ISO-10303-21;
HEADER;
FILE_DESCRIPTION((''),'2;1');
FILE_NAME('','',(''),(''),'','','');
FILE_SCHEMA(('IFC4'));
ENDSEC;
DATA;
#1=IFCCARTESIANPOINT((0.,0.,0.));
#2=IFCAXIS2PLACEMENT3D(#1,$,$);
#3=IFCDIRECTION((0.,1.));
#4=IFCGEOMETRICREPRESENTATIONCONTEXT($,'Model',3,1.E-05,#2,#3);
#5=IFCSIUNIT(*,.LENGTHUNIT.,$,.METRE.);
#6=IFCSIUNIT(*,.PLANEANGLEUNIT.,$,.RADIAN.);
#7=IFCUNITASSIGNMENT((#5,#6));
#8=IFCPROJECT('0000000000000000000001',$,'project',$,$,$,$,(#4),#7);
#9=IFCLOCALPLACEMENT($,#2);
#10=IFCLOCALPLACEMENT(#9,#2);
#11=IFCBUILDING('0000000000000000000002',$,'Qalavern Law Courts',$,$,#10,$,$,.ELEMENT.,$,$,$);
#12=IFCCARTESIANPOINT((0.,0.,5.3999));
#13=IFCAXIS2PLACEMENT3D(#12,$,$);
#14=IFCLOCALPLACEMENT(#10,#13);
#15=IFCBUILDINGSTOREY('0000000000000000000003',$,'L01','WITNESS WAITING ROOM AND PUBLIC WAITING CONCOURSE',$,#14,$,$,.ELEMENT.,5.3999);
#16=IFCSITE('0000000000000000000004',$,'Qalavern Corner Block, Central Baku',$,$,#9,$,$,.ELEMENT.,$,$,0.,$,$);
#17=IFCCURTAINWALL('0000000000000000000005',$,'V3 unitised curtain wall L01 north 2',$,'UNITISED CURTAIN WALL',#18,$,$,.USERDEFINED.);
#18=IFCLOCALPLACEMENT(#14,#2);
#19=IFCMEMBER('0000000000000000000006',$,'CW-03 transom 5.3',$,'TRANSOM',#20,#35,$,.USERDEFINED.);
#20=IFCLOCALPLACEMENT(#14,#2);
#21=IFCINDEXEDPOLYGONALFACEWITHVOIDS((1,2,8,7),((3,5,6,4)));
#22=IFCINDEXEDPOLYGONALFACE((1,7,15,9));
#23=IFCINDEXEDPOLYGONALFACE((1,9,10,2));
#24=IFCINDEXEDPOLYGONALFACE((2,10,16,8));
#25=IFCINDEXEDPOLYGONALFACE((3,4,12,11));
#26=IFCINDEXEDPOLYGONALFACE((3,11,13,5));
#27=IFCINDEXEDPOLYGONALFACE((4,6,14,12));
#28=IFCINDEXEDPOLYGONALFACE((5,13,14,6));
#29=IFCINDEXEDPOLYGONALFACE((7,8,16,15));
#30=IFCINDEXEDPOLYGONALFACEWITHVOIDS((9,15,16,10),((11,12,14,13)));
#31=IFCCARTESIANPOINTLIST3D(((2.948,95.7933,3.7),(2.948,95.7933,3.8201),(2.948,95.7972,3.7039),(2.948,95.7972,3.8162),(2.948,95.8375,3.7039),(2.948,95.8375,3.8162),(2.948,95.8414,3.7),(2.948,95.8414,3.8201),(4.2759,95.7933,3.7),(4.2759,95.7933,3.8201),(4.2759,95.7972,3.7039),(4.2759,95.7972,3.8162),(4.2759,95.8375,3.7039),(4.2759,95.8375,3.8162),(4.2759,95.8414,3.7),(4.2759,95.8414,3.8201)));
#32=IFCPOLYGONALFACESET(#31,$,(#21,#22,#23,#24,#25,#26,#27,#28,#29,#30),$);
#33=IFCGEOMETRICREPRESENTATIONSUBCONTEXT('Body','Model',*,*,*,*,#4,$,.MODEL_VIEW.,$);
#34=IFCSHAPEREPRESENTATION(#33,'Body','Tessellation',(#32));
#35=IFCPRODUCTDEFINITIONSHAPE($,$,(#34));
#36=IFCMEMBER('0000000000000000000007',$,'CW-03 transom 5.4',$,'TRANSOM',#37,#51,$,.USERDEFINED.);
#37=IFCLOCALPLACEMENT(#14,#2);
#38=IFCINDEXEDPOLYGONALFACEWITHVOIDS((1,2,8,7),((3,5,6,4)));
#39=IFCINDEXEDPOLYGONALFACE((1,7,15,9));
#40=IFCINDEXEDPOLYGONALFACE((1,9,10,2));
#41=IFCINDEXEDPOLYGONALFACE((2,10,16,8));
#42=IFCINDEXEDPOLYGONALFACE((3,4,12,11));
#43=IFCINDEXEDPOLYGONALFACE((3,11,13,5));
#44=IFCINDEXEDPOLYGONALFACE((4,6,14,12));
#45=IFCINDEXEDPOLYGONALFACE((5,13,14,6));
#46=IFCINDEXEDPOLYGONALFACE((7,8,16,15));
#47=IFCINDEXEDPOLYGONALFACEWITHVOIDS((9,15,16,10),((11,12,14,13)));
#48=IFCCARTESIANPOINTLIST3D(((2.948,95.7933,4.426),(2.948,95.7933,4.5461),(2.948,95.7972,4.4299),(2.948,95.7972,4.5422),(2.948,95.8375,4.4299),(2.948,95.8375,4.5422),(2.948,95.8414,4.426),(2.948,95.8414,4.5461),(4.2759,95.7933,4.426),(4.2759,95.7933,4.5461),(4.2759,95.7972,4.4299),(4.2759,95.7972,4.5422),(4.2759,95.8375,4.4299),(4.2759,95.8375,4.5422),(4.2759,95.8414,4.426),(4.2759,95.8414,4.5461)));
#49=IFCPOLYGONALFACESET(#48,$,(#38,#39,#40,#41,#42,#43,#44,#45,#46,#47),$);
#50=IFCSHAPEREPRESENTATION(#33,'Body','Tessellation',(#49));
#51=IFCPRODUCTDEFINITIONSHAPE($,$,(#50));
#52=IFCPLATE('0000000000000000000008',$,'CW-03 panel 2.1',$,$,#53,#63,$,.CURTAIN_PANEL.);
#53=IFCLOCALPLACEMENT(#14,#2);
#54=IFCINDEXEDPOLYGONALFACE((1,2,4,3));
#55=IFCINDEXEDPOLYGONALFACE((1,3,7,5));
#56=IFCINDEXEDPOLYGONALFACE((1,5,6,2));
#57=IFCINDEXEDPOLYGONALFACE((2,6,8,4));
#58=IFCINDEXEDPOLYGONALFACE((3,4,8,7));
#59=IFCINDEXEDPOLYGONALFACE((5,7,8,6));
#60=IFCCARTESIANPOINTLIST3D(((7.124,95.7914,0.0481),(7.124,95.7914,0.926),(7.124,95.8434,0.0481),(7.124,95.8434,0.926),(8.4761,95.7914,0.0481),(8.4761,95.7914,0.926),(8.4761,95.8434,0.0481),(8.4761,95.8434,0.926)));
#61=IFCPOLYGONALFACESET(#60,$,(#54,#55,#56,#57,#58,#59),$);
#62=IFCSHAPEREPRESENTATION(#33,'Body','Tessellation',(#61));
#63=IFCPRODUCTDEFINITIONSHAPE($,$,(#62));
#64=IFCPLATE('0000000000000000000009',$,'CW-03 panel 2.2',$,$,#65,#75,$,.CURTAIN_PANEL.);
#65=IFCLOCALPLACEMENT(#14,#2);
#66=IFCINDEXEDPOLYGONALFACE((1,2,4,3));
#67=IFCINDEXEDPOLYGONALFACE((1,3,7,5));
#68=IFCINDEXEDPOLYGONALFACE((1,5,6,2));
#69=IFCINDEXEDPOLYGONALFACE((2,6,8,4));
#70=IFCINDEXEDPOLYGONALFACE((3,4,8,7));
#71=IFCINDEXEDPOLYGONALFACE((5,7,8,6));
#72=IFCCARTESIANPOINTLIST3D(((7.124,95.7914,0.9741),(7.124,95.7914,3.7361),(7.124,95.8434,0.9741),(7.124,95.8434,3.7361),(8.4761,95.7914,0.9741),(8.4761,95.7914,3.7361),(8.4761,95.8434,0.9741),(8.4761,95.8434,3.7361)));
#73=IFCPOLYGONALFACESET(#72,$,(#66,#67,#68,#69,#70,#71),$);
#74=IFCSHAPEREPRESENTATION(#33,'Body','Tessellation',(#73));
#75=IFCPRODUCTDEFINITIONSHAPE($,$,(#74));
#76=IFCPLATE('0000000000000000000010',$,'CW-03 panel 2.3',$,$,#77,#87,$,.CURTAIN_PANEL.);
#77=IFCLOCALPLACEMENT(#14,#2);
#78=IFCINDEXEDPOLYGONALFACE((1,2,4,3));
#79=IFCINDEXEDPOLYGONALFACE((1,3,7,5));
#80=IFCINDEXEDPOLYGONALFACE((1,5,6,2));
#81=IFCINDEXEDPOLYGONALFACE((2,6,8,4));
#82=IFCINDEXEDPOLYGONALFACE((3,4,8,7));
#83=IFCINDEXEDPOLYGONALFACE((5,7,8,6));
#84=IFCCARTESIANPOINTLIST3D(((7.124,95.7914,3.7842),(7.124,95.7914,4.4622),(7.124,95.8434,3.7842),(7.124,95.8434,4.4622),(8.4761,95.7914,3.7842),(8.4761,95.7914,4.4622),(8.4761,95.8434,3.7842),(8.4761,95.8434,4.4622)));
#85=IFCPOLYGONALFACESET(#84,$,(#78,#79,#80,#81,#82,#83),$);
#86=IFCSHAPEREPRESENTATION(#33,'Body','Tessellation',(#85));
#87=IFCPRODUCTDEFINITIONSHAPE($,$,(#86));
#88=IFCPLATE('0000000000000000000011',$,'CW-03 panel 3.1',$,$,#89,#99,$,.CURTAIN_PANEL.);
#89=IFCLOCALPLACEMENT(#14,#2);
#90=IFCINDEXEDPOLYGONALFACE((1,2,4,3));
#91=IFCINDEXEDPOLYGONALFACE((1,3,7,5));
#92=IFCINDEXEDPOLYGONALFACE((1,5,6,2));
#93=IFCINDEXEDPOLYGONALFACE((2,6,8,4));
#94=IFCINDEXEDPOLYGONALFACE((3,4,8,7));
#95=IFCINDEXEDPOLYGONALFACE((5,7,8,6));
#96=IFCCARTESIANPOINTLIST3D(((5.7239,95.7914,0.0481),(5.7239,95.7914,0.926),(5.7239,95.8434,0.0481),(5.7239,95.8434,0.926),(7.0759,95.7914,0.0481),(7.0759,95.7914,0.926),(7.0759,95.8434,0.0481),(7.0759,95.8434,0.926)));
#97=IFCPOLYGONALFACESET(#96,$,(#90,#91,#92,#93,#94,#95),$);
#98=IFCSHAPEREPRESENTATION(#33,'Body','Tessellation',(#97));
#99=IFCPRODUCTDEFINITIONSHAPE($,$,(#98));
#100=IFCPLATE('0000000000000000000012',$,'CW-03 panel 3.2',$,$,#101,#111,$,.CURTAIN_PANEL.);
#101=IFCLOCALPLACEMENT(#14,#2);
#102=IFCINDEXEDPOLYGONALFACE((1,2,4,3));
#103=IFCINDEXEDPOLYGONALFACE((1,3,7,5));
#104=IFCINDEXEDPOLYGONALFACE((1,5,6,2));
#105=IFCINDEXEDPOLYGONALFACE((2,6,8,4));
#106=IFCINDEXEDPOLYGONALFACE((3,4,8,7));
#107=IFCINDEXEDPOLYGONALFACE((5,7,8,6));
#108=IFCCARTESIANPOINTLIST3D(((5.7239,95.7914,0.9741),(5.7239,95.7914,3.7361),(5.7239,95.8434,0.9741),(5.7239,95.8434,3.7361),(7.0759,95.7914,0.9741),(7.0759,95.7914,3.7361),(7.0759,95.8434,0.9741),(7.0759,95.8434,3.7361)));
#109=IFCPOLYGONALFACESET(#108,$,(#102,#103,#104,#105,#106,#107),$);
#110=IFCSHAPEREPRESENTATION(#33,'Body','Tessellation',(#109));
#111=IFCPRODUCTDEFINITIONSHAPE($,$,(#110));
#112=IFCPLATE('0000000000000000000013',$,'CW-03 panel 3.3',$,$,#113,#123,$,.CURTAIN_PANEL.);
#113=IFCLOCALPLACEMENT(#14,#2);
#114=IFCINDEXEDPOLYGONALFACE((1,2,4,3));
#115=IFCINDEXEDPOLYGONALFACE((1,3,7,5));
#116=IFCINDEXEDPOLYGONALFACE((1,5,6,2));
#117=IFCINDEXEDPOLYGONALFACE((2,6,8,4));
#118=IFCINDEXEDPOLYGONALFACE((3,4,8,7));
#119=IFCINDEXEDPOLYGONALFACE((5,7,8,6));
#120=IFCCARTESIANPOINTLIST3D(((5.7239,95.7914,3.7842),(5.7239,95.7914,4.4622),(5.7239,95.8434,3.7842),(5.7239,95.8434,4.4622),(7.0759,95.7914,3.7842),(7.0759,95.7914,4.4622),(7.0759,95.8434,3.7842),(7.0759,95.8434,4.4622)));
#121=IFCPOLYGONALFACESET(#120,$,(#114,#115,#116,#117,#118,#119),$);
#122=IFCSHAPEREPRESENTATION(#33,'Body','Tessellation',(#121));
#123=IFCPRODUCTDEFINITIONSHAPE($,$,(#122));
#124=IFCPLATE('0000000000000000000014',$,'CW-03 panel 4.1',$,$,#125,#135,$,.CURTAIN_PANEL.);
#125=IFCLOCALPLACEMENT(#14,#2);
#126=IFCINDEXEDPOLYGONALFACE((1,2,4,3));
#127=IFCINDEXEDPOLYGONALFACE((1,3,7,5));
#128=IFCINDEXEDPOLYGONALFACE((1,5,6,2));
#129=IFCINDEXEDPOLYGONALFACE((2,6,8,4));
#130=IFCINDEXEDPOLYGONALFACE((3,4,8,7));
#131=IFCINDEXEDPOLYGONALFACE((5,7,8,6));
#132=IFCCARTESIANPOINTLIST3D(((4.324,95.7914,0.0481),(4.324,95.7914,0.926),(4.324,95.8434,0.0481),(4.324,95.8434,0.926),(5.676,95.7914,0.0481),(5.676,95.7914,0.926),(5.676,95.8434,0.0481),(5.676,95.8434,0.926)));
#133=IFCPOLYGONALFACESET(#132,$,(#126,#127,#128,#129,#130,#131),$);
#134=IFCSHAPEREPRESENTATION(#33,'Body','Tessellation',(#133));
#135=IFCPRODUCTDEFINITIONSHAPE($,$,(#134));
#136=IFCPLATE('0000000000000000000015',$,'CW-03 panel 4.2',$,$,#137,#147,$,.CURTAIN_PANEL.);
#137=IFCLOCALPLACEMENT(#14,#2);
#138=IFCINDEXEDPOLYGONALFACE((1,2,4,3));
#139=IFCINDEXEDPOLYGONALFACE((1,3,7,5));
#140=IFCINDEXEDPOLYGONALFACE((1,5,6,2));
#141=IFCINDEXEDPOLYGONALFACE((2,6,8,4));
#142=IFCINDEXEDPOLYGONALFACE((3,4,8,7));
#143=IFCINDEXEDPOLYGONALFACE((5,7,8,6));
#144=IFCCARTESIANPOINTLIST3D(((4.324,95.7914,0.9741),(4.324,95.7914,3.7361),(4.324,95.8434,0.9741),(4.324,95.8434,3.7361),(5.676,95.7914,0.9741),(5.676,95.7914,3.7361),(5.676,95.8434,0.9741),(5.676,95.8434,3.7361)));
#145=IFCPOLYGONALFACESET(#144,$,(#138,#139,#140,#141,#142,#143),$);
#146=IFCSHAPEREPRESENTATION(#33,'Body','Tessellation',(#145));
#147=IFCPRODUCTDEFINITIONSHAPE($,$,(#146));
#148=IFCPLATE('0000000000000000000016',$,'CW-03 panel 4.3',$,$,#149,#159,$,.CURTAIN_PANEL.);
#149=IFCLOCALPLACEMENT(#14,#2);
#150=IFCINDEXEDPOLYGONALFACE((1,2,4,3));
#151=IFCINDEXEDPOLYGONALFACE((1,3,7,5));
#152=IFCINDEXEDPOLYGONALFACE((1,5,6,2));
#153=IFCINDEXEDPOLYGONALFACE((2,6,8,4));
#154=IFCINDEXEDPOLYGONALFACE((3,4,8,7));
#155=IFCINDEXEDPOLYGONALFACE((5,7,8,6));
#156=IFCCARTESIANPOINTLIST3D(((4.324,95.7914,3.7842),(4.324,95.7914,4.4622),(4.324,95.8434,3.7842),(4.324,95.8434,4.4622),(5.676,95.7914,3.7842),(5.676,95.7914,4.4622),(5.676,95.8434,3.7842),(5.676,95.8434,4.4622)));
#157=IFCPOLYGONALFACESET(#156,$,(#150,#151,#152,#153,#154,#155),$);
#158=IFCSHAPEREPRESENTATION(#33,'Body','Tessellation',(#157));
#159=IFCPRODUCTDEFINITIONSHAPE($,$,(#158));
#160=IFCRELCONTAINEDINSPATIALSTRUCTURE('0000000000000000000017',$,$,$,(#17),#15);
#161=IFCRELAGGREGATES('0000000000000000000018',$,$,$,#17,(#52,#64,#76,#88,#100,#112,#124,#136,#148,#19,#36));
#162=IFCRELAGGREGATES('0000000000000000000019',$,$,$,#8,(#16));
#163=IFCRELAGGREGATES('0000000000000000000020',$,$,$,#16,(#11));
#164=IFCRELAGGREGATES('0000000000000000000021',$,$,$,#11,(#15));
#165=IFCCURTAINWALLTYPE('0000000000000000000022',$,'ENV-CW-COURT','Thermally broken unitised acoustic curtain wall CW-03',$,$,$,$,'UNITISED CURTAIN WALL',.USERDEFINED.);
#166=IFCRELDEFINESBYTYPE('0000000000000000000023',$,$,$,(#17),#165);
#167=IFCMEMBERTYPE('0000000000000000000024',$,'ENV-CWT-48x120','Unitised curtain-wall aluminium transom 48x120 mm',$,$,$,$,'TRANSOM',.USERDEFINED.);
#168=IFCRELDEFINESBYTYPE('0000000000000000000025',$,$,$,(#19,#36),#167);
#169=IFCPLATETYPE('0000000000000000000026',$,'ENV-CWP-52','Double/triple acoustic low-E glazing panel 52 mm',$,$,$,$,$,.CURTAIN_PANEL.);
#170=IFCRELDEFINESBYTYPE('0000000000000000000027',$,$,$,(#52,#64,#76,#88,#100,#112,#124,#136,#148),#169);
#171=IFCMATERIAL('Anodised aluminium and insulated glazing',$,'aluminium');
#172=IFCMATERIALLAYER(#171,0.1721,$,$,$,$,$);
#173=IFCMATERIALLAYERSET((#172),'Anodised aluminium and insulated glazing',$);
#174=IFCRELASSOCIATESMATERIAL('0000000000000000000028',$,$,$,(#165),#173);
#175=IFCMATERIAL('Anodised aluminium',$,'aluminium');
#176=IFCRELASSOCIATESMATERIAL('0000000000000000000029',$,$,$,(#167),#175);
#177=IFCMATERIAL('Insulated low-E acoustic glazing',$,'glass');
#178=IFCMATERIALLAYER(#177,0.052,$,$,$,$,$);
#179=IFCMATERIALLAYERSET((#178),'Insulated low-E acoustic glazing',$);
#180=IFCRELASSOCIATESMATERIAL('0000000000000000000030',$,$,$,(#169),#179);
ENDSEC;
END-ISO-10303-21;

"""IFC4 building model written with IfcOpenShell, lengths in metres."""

from ifc_helpers import new_model, si_unit, direction, frame, origin, origin_2d, place, context, subcontext, project, spatial, rectangle, hollow_rectangle, extrude, material, layer, layer_set, material_profile, profile_set, type_object, element, aggregate, save


model = new_model("IFC4")

# Units and contexts
model_context = context("Model", 3, precision=1e-05, world=origin(), true_north=direction((0.0, 1.0)))
body_context = subcontext(model_context, "Body", "Model", "MODEL_VIEW")
ifc_project = project(units=[si_unit("LENGTHUNIT", "METRE"), si_unit("PLANEANGLEUNIT", "RADIAN")], contexts=[model_context])

# Site, building, storey
site_placement = place(None, origin())
site = spatial("IfcSite", under=ifc_project, at=site_placement, Name="Qalavern Corner Block, Central Baku", CompositionType="ELEMENT", RefElevation=0.0)
building_placement = place(site_placement, origin())
building = spatial("IfcBuilding", under=site, at=building_placement, Name="Qalavern Law Courts", CompositionType="ELEMENT")
storey_placement = place(building_placement, frame((0.0, 0.0, 5.3999)))
storey = spatial("IfcBuildingStorey", under=building, at=storey_placement, Name="L01", Description="WITNESS WAITING ROOM AND PUBLIC WAITING CONCOURSE", CompositionType="ELEMENT", Elevation=5.3999)

# Curtain wall, members, plates
ifc_material_1 = material(Name="Anodised aluminium and insulated glazing", Category="aluminium")
ifc_layer_1 = layer(ifc_material_1, 0.1721)
ifc_layer_set_1 = layer_set([ifc_layer_1], Name="Anodised aluminium and insulated glazing")
curtain_wall_type = type_object("IfcCurtainWallType", Name="ENV-CW-COURT", Description="Thermally broken unitised acoustic curtain wall CW-03", ElementType="UNITISED CURTAIN WALL", PredefinedType="USERDEFINED", material=ifc_layer_set_1)
curtain_wall_placement = place(storey_placement, origin())
curtain_wall = element("IfcCurtainWall", 1, at=curtain_wall_placement, inside=storey, type_object=curtain_wall_type, Name="V3 unitised curtain wall L01 north 2", ObjectType="UNITISED CURTAIN WALL", PredefinedType="USERDEFINED")
ifc_material_2 = material(Name="Anodised aluminium", Category="aluminium")
ifc_material_profile_1 = material_profile(ifc_material_2, hollow_rectangle(XDim=0.0481, YDim=0.1201, WallThickness=0.0039, at=origin_2d()), Name="ALU TRANSOM 48x120")
ifc_profile_set_1 = profile_set([ifc_material_profile_1], Name="Anodised aluminium")
member_type_1 = type_object("IfcMemberType", Name="ENV-CWT-48x120", Description="Unitised curtain-wall aluminium transom 48x120 mm", ElementType="TRANSOM", PredefinedType="USERDEFINED", material=ifc_profile_set_1)
member_1_placement = place(storey_placement, frame((4.2759, 95.8174, 3.76), z_axis=(-1.0, 0.0, 0.0), x_axis=(0.0, -1.0, 0.0)))
member_1 = element("IfcMember", 2, at=member_1_placement, type_object=member_type_1, Name="CW-03 transom 5.3", ObjectType="TRANSOM", PredefinedType="USERDEFINED", context=body_context, shape_type="SweptSolid", body=[
    extrude(hollow_rectangle(XDim=0.0481, YDim=0.1201, WallThickness=0.0039, at=origin_2d()), origin(), (0.0, 0.0, 1.0), 1.3279),
])
member_2_placement = place(storey_placement, frame((4.2759, 95.8174, 4.4861), z_axis=(-1.0, 0.0, 0.0), x_axis=(0.0, -1.0, 0.0)))
member_2 = element("IfcMember", 3, at=member_2_placement, type_object=member_type_1, Name="CW-03 transom 5.4", ObjectType="TRANSOM", PredefinedType="USERDEFINED", context=body_context, shape_type="SweptSolid", body=[
    extrude(hollow_rectangle(XDim=0.0481, YDim=0.1201, WallThickness=0.0039, at=origin_2d()), origin(), (0.0, 0.0, 1.0), 1.3279),
])
ifc_material_3 = material(Name="Insulated low-E acoustic glazing", Category="glass")
ifc_layer_2 = layer(ifc_material_3, 0.052)
ifc_layer_set_2 = layer_set([ifc_layer_2], Name="Insulated low-E acoustic glazing")
plate_type = type_object("IfcPlateType", Name="ENV-CWP-52", Description="Double/triple acoustic low-E glazing panel 52 mm", PredefinedType="CURTAIN_PANEL", material=ifc_layer_set_2)
plate_1_placement = place(storey_placement, frame((7.8, 95.8174, 0.0481), z_axis=(0.0, 0.0, 1.0), x_axis=(-1.0, 0.0, 0.0)))
plate_1 = element("IfcPlate", 4, at=plate_1_placement, type_object=plate_type, Name="CW-03 panel 2.1", PredefinedType="CURTAIN_PANEL", context=body_context, shape_type="SweptSolid", body=[
    extrude(rectangle(XDim=1.3521, YDim=0.052, at=origin_2d()), origin(), (0.0, 0.0, 1.0), 0.8779),
])
plate_2_placement = place(storey_placement, frame((7.8, 95.8174, 0.9741), z_axis=(0.0, 0.0, 1.0), x_axis=(-1.0, 0.0, 0.0)))
plate_2 = element("IfcPlate", 5, at=plate_2_placement, type_object=plate_type, Name="CW-03 panel 2.2", PredefinedType="CURTAIN_PANEL", context=body_context, shape_type="SweptSolid", body=[
    extrude(rectangle(XDim=1.3521, YDim=0.052, at=origin_2d()), origin(), (0.0, 0.0, 1.0), 2.762),
])
plate_3_placement = place(storey_placement, frame((7.8, 95.8174, 3.7842), z_axis=(0.0, 0.0, 1.0), x_axis=(-1.0, 0.0, 0.0)))
plate_3 = element("IfcPlate", 6, at=plate_3_placement, type_object=plate_type, Name="CW-03 panel 2.3", PredefinedType="CURTAIN_PANEL", context=body_context, shape_type="SweptSolid", body=[
    extrude(rectangle(XDim=1.3521, YDim=0.052, at=origin_2d()), origin(), (0.0, 0.0, 1.0), 0.678),
])
plate_4_placement = place(storey_placement, frame((6.3999, 95.8174, 0.0481), z_axis=(0.0, 0.0, 1.0), x_axis=(-1.0, 0.0, 0.0)))
plate_4 = element("IfcPlate", 7, at=plate_4_placement, type_object=plate_type, Name="CW-03 panel 3.1", PredefinedType="CURTAIN_PANEL", context=body_context, shape_type="SweptSolid", body=[
    extrude(rectangle(XDim=1.3521, YDim=0.052, at=origin_2d()), origin(), (0.0, 0.0, 1.0), 0.8779),
])
plate_5_placement = place(storey_placement, frame((6.3999, 95.8174, 0.9741), z_axis=(0.0, 0.0, 1.0), x_axis=(-1.0, 0.0, 0.0)))
plate_5 = element("IfcPlate", 8, at=plate_5_placement, type_object=plate_type, Name="CW-03 panel 3.2", PredefinedType="CURTAIN_PANEL", context=body_context, shape_type="SweptSolid", body=[
    extrude(rectangle(XDim=1.3521, YDim=0.052, at=origin_2d()), origin(), (0.0, 0.0, 1.0), 2.762),
])
plate_6_placement = place(storey_placement, frame((6.3999, 95.8174, 3.7842), z_axis=(0.0, 0.0, 1.0), x_axis=(-1.0, 0.0, 0.0)))
plate_6 = element("IfcPlate", 9, at=plate_6_placement, type_object=plate_type, Name="CW-03 panel 3.3", PredefinedType="CURTAIN_PANEL", context=body_context, shape_type="SweptSolid", body=[
    extrude(rectangle(XDim=1.3521, YDim=0.052, at=origin_2d()), origin(), (0.0, 0.0, 1.0), 0.678),
])
plate_7_placement = place(storey_placement, frame((5.0, 95.8174, 0.0481), z_axis=(0.0, 0.0, 1.0), x_axis=(-1.0, 0.0, 0.0)))
plate_7 = element("IfcPlate", 10, at=plate_7_placement, type_object=plate_type, Name="CW-03 panel 4.1", PredefinedType="CURTAIN_PANEL", context=body_context, shape_type="SweptSolid", body=[
    extrude(rectangle(XDim=1.3521, YDim=0.052, at=origin_2d()), origin(), (0.0, 0.0, 1.0), 0.8779),
])
plate_8_placement = place(storey_placement, frame((5.0, 95.8174, 0.9741), z_axis=(0.0, 0.0, 1.0), x_axis=(-1.0, 0.0, 0.0)))
plate_8 = element("IfcPlate", 11, at=plate_8_placement, type_object=plate_type, Name="CW-03 panel 4.2", PredefinedType="CURTAIN_PANEL", context=body_context, shape_type="SweptSolid", body=[
    extrude(rectangle(XDim=1.3521, YDim=0.052, at=origin_2d()), origin(), (0.0, 0.0, 1.0), 2.762),
])
plate_9_placement = place(storey_placement, frame((5.0, 95.8174, 3.7842), z_axis=(0.0, 0.0, 1.0), x_axis=(-1.0, 0.0, 0.0)))
plate_9 = element("IfcPlate", 12, at=plate_9_placement, type_object=plate_type, Name="CW-03 panel 4.3", PredefinedType="CURTAIN_PANEL", context=body_context, shape_type="SweptSolid", body=[
    extrude(rectangle(XDim=1.3521, YDim=0.052, at=origin_2d()), origin(), (0.0, 0.0, 1.0), 0.678),
])
aggregate(curtain_wall, [plate_1, plate_2, plate_3, plate_4, plate_5, plate_6, plate_7, plate_8, plate_9, member_1, member_2])

save(model, "model.ifc")
